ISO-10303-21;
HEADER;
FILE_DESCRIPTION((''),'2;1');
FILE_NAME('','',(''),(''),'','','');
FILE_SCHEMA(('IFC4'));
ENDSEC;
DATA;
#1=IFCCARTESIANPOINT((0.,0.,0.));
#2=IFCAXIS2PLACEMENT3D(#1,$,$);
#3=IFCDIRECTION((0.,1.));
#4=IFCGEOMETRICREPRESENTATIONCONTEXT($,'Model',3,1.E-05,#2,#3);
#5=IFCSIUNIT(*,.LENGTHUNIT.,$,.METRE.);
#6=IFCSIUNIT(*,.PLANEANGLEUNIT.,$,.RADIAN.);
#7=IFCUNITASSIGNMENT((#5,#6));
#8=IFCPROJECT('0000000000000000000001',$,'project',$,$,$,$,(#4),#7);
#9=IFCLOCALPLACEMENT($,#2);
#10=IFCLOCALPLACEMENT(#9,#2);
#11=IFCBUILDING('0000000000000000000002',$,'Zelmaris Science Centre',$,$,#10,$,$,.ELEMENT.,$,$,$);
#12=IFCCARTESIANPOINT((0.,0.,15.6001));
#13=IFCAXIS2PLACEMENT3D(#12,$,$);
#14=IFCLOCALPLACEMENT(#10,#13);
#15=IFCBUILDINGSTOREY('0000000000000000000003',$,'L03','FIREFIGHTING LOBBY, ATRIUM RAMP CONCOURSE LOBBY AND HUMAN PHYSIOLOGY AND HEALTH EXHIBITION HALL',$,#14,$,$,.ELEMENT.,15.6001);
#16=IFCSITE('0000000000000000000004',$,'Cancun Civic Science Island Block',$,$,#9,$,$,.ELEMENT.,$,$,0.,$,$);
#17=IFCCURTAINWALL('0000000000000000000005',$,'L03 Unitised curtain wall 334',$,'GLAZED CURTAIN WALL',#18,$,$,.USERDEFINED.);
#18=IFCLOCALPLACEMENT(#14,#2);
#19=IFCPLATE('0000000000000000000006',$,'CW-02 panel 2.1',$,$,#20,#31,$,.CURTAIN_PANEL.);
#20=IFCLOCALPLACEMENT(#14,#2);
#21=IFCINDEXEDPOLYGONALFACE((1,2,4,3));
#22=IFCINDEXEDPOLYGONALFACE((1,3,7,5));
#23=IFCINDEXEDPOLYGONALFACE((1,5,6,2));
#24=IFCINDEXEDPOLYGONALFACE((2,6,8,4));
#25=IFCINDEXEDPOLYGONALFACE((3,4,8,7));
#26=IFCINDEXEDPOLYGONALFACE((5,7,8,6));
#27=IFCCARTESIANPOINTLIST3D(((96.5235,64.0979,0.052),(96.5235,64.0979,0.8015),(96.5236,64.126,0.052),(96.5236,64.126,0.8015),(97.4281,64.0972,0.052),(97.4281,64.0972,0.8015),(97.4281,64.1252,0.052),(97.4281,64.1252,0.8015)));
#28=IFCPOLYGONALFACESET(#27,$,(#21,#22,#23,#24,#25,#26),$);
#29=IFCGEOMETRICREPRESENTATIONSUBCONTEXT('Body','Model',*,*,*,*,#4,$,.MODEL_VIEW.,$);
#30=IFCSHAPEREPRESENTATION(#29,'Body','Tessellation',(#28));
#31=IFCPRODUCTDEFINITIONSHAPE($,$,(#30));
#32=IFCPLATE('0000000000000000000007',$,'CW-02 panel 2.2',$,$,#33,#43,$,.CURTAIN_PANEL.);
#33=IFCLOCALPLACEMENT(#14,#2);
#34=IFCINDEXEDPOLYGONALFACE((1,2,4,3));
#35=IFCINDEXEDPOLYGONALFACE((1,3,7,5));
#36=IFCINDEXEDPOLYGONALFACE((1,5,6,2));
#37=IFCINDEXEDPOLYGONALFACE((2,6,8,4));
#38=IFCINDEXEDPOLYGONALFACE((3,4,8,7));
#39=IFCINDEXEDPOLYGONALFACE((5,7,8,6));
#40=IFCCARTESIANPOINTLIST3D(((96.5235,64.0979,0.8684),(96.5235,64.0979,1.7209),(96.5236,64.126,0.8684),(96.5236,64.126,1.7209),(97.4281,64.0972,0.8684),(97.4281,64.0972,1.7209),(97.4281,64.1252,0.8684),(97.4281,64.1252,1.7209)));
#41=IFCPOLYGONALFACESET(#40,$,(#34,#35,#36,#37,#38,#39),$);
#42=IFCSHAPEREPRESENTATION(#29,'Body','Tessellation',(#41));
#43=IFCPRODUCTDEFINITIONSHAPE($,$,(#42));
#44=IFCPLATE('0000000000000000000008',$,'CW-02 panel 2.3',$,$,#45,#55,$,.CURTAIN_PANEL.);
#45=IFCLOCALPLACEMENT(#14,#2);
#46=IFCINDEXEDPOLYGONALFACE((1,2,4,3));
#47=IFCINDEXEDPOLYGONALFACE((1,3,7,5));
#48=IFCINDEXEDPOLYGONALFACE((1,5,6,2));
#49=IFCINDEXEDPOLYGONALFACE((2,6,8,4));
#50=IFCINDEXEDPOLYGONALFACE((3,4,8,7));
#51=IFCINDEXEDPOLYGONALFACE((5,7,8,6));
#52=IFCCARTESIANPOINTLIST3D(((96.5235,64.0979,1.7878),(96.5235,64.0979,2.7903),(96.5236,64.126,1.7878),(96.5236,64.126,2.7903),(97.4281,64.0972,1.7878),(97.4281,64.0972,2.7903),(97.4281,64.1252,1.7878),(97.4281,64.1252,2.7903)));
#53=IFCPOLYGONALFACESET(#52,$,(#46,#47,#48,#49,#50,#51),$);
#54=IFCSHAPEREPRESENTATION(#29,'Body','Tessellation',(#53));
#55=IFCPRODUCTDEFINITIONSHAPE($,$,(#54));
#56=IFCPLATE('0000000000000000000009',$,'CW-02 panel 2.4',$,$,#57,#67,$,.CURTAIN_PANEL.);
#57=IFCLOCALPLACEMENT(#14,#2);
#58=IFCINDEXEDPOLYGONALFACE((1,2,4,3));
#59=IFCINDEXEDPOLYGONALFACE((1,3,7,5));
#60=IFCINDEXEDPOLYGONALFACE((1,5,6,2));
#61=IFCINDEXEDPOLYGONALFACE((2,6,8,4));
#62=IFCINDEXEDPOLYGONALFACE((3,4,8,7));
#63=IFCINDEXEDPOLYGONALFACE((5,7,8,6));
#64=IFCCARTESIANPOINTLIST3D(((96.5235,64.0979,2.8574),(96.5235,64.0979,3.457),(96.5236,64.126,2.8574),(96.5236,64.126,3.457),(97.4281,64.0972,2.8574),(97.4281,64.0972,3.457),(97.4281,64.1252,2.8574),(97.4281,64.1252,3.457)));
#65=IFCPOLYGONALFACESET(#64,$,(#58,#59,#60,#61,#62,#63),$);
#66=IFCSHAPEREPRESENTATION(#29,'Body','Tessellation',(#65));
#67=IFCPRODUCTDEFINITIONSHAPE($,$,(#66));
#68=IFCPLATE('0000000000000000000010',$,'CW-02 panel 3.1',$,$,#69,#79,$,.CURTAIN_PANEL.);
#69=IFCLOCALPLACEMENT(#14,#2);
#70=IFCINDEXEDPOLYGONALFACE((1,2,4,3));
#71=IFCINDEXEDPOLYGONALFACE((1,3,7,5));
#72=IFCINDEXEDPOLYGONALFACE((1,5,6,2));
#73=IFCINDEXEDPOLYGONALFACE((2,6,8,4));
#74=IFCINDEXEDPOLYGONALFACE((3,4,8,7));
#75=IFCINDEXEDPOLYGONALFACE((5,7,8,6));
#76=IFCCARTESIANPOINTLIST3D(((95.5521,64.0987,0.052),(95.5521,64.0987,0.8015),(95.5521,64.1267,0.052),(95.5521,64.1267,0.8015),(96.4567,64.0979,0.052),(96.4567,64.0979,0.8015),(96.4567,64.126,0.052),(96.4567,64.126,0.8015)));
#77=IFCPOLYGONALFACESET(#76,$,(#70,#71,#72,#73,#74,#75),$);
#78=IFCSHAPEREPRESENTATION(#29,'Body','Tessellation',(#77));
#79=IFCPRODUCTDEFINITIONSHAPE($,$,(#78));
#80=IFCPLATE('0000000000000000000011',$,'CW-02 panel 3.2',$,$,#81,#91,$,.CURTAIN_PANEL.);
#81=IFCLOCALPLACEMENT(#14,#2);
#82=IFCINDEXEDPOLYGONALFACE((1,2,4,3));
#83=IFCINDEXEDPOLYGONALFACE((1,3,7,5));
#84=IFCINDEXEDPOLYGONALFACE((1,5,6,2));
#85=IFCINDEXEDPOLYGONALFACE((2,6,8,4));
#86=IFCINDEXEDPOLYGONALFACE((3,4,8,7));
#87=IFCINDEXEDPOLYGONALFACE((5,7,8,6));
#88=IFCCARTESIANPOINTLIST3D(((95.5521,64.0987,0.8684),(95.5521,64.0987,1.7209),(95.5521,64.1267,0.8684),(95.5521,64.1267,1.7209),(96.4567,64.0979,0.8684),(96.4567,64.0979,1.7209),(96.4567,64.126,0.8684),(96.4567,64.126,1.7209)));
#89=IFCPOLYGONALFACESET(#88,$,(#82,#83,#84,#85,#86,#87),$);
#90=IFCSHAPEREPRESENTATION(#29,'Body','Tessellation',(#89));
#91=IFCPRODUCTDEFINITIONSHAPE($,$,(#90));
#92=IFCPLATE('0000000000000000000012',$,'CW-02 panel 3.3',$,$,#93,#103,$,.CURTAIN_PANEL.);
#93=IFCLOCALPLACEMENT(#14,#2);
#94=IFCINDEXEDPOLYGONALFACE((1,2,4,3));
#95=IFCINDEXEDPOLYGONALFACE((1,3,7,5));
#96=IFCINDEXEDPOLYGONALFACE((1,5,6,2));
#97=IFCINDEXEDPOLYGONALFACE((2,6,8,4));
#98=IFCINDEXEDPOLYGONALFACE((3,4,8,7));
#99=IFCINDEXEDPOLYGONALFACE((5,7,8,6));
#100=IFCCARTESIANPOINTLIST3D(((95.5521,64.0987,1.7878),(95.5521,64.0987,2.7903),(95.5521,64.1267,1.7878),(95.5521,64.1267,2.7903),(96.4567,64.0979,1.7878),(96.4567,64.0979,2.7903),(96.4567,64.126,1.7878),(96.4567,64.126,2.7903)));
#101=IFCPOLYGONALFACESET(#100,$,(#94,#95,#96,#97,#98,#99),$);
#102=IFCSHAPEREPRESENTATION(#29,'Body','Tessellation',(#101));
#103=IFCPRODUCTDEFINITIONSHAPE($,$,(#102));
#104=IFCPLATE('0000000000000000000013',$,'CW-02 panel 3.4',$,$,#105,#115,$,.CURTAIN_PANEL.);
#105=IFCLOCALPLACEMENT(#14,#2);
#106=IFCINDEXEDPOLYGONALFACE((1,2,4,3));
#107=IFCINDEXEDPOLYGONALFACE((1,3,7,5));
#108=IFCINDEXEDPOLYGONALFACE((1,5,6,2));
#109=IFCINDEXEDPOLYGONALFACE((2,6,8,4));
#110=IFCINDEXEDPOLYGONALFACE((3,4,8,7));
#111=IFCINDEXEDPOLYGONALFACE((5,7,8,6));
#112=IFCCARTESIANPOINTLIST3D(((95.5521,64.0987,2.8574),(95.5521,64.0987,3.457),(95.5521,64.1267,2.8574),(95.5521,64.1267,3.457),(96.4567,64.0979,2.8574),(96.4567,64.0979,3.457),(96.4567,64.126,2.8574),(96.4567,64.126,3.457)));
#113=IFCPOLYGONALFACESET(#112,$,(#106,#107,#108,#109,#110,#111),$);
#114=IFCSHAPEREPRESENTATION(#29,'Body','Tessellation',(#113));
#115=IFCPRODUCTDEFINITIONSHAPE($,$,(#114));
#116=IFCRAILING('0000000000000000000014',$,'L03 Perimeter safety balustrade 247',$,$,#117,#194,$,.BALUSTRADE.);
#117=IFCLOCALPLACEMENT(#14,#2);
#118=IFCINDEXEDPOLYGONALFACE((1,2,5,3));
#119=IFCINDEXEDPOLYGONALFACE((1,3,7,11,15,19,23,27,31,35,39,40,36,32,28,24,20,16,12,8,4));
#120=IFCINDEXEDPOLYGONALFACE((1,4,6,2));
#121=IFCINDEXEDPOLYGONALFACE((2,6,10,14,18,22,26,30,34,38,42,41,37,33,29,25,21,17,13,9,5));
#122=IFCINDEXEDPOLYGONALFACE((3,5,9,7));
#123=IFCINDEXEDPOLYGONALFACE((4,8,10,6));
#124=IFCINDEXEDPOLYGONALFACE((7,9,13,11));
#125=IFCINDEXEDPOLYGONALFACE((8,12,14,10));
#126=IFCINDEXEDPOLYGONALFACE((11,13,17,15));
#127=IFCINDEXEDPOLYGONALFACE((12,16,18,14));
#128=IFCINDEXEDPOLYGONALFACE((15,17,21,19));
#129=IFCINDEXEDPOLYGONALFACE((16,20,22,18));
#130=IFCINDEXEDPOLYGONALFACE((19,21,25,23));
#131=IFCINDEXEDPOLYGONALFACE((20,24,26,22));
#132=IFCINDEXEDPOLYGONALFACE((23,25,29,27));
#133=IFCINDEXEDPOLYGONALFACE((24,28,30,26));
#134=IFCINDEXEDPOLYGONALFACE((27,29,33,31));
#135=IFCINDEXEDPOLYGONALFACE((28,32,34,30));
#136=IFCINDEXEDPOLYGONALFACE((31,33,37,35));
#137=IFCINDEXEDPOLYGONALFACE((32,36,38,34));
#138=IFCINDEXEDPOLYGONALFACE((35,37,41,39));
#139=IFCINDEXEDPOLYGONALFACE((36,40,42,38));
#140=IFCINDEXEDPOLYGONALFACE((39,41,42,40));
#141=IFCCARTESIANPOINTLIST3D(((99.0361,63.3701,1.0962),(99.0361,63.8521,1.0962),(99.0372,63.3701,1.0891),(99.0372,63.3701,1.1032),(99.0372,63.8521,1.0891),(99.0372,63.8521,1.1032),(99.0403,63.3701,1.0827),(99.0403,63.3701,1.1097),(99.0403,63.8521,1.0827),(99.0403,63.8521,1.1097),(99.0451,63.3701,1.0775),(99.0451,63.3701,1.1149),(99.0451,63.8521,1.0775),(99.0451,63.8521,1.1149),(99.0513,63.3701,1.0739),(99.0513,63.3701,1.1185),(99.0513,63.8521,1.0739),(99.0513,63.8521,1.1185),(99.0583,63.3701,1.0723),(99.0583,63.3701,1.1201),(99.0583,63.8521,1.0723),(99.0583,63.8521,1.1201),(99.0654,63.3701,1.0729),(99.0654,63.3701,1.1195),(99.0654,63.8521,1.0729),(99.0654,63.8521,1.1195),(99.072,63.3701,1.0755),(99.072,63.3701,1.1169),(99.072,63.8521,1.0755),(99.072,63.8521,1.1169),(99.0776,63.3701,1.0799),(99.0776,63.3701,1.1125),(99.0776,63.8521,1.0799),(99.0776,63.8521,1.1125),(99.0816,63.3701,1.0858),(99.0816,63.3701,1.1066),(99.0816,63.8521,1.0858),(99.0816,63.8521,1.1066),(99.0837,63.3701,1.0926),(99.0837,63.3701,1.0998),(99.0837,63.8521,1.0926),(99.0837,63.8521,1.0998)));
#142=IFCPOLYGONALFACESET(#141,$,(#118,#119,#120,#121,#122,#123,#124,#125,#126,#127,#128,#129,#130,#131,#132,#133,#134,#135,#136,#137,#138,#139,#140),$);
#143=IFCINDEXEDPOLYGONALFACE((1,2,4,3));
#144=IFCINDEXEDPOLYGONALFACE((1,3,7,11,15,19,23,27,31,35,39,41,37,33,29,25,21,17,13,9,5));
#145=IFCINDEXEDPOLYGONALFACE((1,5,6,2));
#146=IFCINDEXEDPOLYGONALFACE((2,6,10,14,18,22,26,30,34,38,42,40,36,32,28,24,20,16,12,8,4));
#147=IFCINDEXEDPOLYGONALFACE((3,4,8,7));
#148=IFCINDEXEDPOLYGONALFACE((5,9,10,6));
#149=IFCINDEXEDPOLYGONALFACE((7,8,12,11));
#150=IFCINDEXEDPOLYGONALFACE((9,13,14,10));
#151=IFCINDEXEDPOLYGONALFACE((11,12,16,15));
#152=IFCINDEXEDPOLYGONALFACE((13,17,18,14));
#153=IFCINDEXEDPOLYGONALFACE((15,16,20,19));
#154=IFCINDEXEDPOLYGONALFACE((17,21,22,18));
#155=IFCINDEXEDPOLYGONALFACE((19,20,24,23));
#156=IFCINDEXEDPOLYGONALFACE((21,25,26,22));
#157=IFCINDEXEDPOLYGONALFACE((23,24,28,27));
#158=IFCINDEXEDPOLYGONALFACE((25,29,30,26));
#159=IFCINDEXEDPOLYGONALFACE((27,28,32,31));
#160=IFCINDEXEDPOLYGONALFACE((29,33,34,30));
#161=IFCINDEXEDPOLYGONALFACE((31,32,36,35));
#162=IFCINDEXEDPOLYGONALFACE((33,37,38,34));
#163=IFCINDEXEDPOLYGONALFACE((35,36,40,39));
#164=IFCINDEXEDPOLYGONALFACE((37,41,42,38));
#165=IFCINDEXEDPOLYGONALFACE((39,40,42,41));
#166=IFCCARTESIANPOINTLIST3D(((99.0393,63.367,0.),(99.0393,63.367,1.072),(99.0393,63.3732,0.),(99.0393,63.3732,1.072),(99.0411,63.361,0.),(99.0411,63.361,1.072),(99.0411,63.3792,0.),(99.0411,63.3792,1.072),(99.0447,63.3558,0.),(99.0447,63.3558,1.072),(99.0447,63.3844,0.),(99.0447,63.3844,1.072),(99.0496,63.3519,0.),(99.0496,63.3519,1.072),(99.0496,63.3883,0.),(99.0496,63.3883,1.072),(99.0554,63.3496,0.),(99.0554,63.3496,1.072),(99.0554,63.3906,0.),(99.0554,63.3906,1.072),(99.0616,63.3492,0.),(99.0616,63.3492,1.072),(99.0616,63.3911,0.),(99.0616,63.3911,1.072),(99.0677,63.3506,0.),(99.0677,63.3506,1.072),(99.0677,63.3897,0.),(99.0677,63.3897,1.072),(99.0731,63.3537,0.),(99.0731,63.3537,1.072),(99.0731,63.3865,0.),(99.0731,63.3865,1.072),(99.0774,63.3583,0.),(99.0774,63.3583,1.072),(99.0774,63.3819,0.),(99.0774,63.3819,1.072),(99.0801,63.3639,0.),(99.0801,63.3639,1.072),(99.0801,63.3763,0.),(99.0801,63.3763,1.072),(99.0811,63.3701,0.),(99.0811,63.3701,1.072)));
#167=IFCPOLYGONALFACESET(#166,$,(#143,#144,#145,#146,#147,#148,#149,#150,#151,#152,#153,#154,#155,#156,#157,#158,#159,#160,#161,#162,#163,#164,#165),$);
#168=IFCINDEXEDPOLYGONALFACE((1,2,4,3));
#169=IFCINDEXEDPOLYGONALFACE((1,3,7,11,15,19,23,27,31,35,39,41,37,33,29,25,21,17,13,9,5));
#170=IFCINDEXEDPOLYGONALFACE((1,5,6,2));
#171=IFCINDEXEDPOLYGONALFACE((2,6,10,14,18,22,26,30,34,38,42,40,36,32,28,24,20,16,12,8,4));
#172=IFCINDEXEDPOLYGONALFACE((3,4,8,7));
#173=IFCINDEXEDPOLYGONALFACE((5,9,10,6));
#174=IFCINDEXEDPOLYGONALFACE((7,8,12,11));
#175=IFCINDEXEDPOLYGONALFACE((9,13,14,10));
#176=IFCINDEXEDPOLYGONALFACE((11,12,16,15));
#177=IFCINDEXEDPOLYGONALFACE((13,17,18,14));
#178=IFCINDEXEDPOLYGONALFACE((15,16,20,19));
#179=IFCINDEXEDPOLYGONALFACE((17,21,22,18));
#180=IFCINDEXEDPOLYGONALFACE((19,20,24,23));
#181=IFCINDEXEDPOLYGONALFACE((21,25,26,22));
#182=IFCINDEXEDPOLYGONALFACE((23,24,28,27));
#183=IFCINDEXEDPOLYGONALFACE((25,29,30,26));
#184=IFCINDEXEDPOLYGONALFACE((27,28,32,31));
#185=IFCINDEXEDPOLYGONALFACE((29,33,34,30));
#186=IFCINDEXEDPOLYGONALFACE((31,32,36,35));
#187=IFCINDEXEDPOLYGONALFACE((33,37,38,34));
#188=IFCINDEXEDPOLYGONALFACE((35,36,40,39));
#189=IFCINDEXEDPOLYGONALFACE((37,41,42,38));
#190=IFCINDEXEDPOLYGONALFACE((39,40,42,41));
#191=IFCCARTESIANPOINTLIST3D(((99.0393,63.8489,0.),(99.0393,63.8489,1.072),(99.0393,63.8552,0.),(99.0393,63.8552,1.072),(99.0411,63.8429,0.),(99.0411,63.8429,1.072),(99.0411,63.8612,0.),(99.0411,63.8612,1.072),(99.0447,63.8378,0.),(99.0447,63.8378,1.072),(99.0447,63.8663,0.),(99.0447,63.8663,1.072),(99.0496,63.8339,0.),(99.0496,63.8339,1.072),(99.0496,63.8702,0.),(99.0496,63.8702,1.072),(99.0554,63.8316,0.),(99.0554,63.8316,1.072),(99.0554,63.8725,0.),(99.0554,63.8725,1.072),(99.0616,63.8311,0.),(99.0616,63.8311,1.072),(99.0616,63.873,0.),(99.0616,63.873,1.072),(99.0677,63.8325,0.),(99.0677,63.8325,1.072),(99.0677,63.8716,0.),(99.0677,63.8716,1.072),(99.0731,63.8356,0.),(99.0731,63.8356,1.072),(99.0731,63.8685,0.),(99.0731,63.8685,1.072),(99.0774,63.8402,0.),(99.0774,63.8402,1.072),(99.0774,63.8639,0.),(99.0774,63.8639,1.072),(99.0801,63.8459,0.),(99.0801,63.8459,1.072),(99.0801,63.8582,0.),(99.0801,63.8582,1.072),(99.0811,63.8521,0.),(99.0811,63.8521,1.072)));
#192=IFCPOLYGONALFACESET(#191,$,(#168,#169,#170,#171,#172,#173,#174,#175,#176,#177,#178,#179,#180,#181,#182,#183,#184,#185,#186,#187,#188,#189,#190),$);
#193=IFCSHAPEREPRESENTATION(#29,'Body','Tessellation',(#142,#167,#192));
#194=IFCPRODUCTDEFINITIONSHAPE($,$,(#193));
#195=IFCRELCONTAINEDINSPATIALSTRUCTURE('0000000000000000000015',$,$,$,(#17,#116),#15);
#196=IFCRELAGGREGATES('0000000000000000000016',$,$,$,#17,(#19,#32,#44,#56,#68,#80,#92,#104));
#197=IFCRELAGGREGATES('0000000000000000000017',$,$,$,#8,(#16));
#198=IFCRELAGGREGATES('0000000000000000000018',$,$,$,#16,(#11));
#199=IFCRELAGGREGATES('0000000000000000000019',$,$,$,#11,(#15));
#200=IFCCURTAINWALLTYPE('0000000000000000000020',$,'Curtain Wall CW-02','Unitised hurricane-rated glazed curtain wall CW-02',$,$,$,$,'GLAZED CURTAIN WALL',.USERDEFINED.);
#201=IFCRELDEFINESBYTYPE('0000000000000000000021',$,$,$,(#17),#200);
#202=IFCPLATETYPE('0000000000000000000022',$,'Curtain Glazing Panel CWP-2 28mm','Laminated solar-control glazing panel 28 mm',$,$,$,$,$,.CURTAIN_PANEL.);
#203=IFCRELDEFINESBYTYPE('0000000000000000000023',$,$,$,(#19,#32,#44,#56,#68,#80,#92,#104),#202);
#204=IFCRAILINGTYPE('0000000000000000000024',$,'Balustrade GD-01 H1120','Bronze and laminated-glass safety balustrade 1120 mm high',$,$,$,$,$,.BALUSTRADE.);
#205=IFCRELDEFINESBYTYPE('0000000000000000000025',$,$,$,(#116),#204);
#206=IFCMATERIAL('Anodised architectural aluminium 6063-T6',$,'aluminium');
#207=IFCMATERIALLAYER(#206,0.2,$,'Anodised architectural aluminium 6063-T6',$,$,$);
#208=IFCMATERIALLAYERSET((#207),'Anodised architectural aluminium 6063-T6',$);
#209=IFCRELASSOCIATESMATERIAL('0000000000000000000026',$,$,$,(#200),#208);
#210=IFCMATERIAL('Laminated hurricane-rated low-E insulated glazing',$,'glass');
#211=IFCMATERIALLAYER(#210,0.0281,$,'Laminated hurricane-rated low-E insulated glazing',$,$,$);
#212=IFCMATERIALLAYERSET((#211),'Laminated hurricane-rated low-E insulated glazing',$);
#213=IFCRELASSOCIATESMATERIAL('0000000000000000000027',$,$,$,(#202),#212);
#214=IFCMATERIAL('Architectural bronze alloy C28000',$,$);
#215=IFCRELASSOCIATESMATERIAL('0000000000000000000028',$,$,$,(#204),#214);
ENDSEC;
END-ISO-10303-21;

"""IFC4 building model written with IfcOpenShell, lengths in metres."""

from ifc_helpers import new_model, si_unit, direction, frame, origin, origin_2d, place, context, subcontext, project, spatial, rectangle, circle, extrude, material, layer, layer_set, type_object, element, aggregate, save


model = new_model("IFC4")

# Units and contexts
model_context = context("Model", 3, precision=1e-05, world=origin(), true_north=direction((0.0, 1.0)))
body_context = subcontext(model_context, "Body", "Model", "MODEL_VIEW")
ifc_project = project(units=[si_unit("LENGTHUNIT", "METRE"), si_unit("PLANEANGLEUNIT", "RADIAN")], contexts=[model_context])

# Site, building, storey
site_placement = place(None, origin())
site = spatial("IfcSite", under=ifc_project, at=site_placement, Name="Cancun Civic Science Island Block", CompositionType="ELEMENT", RefElevation=0.0)
building_placement = place(site_placement, origin())
building = spatial("IfcBuilding", under=site, at=building_placement, Name="Zelmaris Science Centre", CompositionType="ELEMENT")
storey_placement = place(building_placement, frame((0.0, 0.0, 15.6001)))
storey = spatial("IfcBuildingStorey", under=building, at=storey_placement, Name="L03", Description="FIREFIGHTING LOBBY, ATRIUM RAMP CONCOURSE LOBBY AND HUMAN PHYSIOLOGY AND HEALTH EXHIBITION HALL", CompositionType="ELEMENT", Elevation=15.6001)

# Curtain wall
ifc_material_1 = material(Name="Anodised architectural aluminium 6063-T6", Category="aluminium")
ifc_layer_1 = layer(ifc_material_1, 0.2, Name="Anodised architectural aluminium 6063-T6")
ifc_layer_set_1 = layer_set([ifc_layer_1], Name="Anodised architectural aluminium 6063-T6")
curtain_wall_type = type_object("IfcCurtainWallType", Name="Curtain Wall CW-02", Description="Unitised hurricane-rated glazed curtain wall CW-02", ElementType="GLAZED CURTAIN WALL", PredefinedType="USERDEFINED", material=ifc_layer_set_1)
curtain_wall_placement = place(storey_placement, origin())
curtain_wall = element("IfcCurtainWall", 1, at=curtain_wall_placement, inside=storey, type_object=curtain_wall_type, Name="L03 Unitised curtain wall 334", ObjectType="GLAZED CURTAIN WALL", PredefinedType="USERDEFINED")

# Plates
ifc_material_2 = material(Name="Laminated hurricane-rated low-E insulated glazing", Category="glass")
ifc_layer_2 = layer(ifc_material_2, 0.0281, Name="Laminated hurricane-rated low-E insulated glazing")
ifc_layer_set_2 = layer_set([ifc_layer_2], Name="Laminated hurricane-rated low-E insulated glazing")
plate_type = type_object("IfcPlateType", Name="Curtain Glazing Panel CWP-2 28mm", Description="Laminated solar-control glazing panel 28 mm", PredefinedType="CURTAIN_PANEL", material=ifc_layer_set_2)
plate_1_placement = place(storey_placement, frame((96.9758, 64.1116, 0.052), z_axis=(0.0, 0.0, 1.0), x_axis=(-1.0, 0.000849, 0.0)))
plate_1 = element("IfcPlate", 2, at=plate_1_placement, type_object=plate_type, Name="CW-02 panel 2.1", PredefinedType="CURTAIN_PANEL", context=body_context, shape_type="SweptSolid", body=[
    extrude(rectangle(XDim=0.9045, YDim=0.0281, at=origin_2d()), origin(), (0.0, 0.0, 1.0), 0.7495),
])
plate_2_placement = place(storey_placement, frame((96.9758, 64.1116, 0.8684), z_axis=(0.0, 0.0, 1.0), x_axis=(-1.0, 0.000849, 0.0)))
plate_2 = element("IfcPlate", 3, at=plate_2_placement, type_object=plate_type, Name="CW-02 panel 2.2", PredefinedType="CURTAIN_PANEL", context=body_context, shape_type="SweptSolid", body=[
    extrude(rectangle(XDim=0.9045, YDim=0.0281, at=origin_2d()), origin(), (0.0, 0.0, 1.0), 0.8525),
])
plate_3_placement = place(storey_placement, frame((96.9758, 64.1116, 1.7878), z_axis=(0.0, 0.0, 1.0), x_axis=(-1.0, 0.000849, 0.0)))
plate_3 = element("IfcPlate", 4, at=plate_3_placement, type_object=plate_type, Name="CW-02 panel 2.3", PredefinedType="CURTAIN_PANEL", context=body_context, shape_type="SweptSolid", body=[
    extrude(rectangle(XDim=0.9045, YDim=0.0281, at=origin_2d()), origin(), (0.0, 0.0, 1.0), 1.0024),
])
plate_4_placement = place(storey_placement, frame((96.9758, 64.1116, 2.8574), z_axis=(0.0, 0.0, 1.0), x_axis=(-1.0, 0.000849, 0.0)))
plate_4 = element("IfcPlate", 5, at=plate_4_placement, type_object=plate_type, Name="CW-02 panel 2.4", PredefinedType="CURTAIN_PANEL", context=body_context, shape_type="SweptSolid", body=[
    extrude(rectangle(XDim=0.9045, YDim=0.0281, at=origin_2d()), origin(), (0.0, 0.0, 1.0), 0.5996),
])
plate_5_placement = place(storey_placement, frame((96.0044, 64.1123, 0.052), z_axis=(0.0, 0.0, 1.0), x_axis=(-1.0, 0.000849, 0.0)))
plate_5 = element("IfcPlate", 6, at=plate_5_placement, type_object=plate_type, Name="CW-02 panel 3.1", PredefinedType="CURTAIN_PANEL", context=body_context, shape_type="SweptSolid", body=[
    extrude(rectangle(XDim=0.9045, YDim=0.0281, at=origin_2d()), origin(), (0.0, 0.0, 1.0), 0.7495),
])
plate_6_placement = place(storey_placement, frame((96.0044, 64.1123, 0.8684), z_axis=(0.0, 0.0, 1.0), x_axis=(-1.0, 0.000849, 0.0)))
plate_6 = element("IfcPlate", 7, at=plate_6_placement, type_object=plate_type, Name="CW-02 panel 3.2", PredefinedType="CURTAIN_PANEL", context=body_context, shape_type="SweptSolid", body=[
    extrude(rectangle(XDim=0.9045, YDim=0.0281, at=origin_2d()), origin(), (0.0, 0.0, 1.0), 0.8525),
])
plate_7_placement = place(storey_placement, frame((96.0044, 64.1123, 1.7878), z_axis=(0.0, 0.0, 1.0), x_axis=(-1.0, 0.000849, 0.0)))
plate_7 = element("IfcPlate", 8, at=plate_7_placement, type_object=plate_type, Name="CW-02 panel 3.3", PredefinedType="CURTAIN_PANEL", context=body_context, shape_type="SweptSolid", body=[
    extrude(rectangle(XDim=0.9045, YDim=0.0281, at=origin_2d()), origin(), (0.0, 0.0, 1.0), 1.0024),
])
plate_8_placement = place(storey_placement, frame((96.0044, 64.1123, 2.8574), z_axis=(0.0, 0.0, 1.0), x_axis=(-1.0, 0.000849, 0.0)))
plate_8 = element("IfcPlate", 9, at=plate_8_placement, type_object=plate_type, Name="CW-02 panel 3.4", PredefinedType="CURTAIN_PANEL", context=body_context, shape_type="SweptSolid", body=[
    extrude(rectangle(XDim=0.9045, YDim=0.0281, at=origin_2d()), origin(), (0.0, 0.0, 1.0), 0.5996),
])
aggregate(curtain_wall, [plate_1, plate_2, plate_3, plate_4, plate_5, plate_6, plate_7, plate_8])

# Railing
ifc_material_3 = material(Name="Architectural bronze alloy C28000")
railing_type = type_object("IfcRailingType", Name="Balustrade GD-01 H1120", Description="Bronze and laminated-glass safety balustrade 1120 mm high", PredefinedType="BALUSTRADE", material=ifc_material_3)
railing_1_placement = place(storey_placement, frame((99.0601, 63.3701, 0.0)))
element("IfcRailing", 10, at=railing_1_placement, inside=storey, type_object=railing_type, Name="L03 Perimeter safety balustrade 247", PredefinedType="BALUSTRADE", context=body_context, shape_type="SweptSolid", body=[
    extrude(circle(Radius=0.0239, at=origin_2d()), frame((0.0, 0.0, 1.0962), z_axis=(0.0, 1.0, 0.0), x_axis=(-1.0, 0.0, 0.0)), (0.0, 0.0, 1.0), 0.4819),
    extrude(circle(Radius=0.021, at=origin_2d()), origin(), (0.0, 0.0, 1.0), 1.072),
    extrude(circle(Radius=0.021, at=origin_2d()), frame((0.0, 0.4819, 0.0)), (0.0, 0.0, 1.0), 1.072),
])

save(model, "model.ifc")
